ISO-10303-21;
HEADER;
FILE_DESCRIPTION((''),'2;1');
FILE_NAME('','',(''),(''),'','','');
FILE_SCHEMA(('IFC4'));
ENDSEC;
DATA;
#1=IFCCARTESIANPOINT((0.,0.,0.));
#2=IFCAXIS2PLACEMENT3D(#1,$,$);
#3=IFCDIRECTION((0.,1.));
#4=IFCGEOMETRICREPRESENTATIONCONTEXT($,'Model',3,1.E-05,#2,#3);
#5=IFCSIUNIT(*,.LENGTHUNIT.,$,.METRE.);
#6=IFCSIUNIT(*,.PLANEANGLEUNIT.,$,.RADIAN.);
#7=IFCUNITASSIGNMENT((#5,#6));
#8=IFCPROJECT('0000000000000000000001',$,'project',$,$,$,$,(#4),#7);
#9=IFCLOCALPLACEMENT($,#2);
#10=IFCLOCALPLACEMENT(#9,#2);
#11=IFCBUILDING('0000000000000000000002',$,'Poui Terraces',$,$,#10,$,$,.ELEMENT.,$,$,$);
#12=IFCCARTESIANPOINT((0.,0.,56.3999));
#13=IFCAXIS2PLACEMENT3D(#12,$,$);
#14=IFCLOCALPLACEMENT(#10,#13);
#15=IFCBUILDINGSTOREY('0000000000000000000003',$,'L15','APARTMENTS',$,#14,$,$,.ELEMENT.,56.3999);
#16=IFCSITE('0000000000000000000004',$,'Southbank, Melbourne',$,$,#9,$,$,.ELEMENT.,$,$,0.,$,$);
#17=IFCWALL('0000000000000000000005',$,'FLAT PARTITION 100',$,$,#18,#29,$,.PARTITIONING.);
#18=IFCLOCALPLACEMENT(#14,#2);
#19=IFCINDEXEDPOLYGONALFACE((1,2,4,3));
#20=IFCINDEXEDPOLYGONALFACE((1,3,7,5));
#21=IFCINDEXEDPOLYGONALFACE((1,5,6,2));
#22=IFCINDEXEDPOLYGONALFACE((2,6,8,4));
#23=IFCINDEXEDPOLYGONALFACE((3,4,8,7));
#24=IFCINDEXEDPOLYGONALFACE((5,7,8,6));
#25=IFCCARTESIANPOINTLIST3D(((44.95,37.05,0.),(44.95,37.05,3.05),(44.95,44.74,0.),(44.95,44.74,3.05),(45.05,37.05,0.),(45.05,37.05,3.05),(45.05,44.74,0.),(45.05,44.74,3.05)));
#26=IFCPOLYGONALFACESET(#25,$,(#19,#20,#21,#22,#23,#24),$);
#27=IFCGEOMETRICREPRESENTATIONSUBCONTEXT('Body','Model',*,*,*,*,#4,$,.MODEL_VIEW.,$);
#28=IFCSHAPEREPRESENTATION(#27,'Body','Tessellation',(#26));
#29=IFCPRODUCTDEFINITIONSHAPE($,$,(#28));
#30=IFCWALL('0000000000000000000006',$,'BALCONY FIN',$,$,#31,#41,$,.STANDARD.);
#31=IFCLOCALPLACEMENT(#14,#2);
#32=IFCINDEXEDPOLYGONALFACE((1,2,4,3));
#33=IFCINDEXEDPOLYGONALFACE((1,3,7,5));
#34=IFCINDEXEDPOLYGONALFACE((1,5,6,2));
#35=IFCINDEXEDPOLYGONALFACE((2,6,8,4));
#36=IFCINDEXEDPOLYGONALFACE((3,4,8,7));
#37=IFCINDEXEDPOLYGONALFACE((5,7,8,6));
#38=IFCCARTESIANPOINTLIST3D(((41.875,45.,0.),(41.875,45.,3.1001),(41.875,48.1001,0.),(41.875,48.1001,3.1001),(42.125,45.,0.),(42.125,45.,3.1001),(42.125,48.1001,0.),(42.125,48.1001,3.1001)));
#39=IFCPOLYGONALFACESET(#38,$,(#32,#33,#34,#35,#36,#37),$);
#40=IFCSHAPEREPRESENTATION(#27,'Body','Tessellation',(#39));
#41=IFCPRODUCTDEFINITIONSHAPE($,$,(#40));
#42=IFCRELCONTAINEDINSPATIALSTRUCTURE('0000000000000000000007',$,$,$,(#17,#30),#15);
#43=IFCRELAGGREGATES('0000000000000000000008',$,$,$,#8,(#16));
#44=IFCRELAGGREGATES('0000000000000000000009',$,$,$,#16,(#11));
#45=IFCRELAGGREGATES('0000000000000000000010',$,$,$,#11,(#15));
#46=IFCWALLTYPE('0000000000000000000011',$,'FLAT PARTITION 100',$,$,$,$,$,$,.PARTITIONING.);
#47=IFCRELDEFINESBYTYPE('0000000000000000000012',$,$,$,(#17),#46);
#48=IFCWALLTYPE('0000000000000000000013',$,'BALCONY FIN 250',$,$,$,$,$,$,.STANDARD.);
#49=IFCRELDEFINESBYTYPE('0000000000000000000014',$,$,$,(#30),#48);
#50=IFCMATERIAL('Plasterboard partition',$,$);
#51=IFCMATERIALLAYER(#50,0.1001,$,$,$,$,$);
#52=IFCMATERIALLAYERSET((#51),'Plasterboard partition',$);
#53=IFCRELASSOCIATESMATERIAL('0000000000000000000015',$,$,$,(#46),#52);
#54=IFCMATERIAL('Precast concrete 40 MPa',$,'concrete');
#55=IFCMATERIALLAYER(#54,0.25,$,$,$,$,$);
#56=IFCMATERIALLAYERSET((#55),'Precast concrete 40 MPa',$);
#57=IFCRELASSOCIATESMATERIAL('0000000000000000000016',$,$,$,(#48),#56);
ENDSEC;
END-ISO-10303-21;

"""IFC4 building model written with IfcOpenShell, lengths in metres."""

from ifc_helpers import new_model, si_unit, direction, frame, frame_2d, origin, place, context, subcontext, project, spatial, polyline, rectangle, outline, extrude, source, transform, mapped, material, layer, layer_set, type_object, element, save


model = new_model("IFC4")

# Units and contexts
model_context = context("Model", 3, precision=1e-05, world=origin(), true_north=direction((0.0, 1.0)))
body_context = subcontext(model_context, "Body", "Model", "MODEL_VIEW")
ifc_project = project(units=[si_unit("LENGTHUNIT", "METRE"), si_unit("PLANEANGLEUNIT", "RADIAN")], contexts=[model_context])

# Site, building, storey
site_placement = place(None, origin())
site = spatial("IfcSite", under=ifc_project, at=site_placement, Name="Southbank, Melbourne", CompositionType="ELEMENT", RefElevation=0.0)
building_placement = place(site_placement, origin())
building = spatial("IfcBuilding", under=site, at=building_placement, Name="Poui Terraces", CompositionType="ELEMENT")
storey_placement = place(building_placement, frame((0.0, 0.0, 56.3999)))
storey = spatial("IfcBuildingStorey", under=building, at=storey_placement, Name="L15", Description="APARTMENTS", CompositionType="ELEMENT", Elevation=56.3999)

# Shared definitions
ifc_material_1 = material(Name="Plasterboard partition")
ifc_layer_1 = layer(ifc_material_1, 0.1001)
ifc_layer_set_1 = layer_set([ifc_layer_1], Name="Plasterboard partition")
wall_type_1 = type_object("IfcWallType", Name="FLAT PARTITION 100", PredefinedType="PARTITIONING", material=ifc_layer_set_1)

# Walls
wall_1_placement = place(storey_placement, frame((45.0, 37.05, 0.0), z_axis=(0.0, 0.0, 1.0), x_axis=(0.0, 1.0, 0.0)))
element("IfcWall", 1, at=wall_1_placement, inside=storey, type_object=wall_type_1, Name="FLAT PARTITION 100", PredefinedType="PARTITIONING", context=body_context, shape_type="SweptSolid", body=[
    extrude(rectangle(XDim=7.6899, YDim=0.1001, at=frame_2d((3.845, 0.0))), origin(), (0.0, 0.0, 1.0), 3.05),
])
ifc_material_2 = material(Name="Precast concrete 40 MPa", Category="concrete")
ifc_layer_2 = layer(ifc_material_2, 0.25)
ifc_layer_set_2 = layer_set([ifc_layer_2], Name="Precast concrete 40 MPa")
wall_type_2 = type_object("IfcWallType", Name="BALCONY FIN 250", PredefinedType="STANDARD", material=ifc_layer_set_2)
shared_shape_1 = source(origin(), body_context, "Body", "SweptSolid", [
    extrude(outline(polyline([(0.0, 0.0), (0.25, 0.0), (0.25, 3.1001), (0.0, 3.1001), (0.0, 0.0)])), origin(), (0.0, 0.0, 1.0), 3.1001),
])
wall_2_placement = place(storey_placement, frame((41.875, 45.0, 0.0)))
element("IfcWall", 2, at=wall_2_placement, inside=storey, type_object=wall_type_2, Name="BALCONY FIN", PredefinedType="STANDARD", context=body_context, shape_type="MappedRepresentation", body=[
    mapped(shared_shape_1, transform((0.0, 0.0, 0.0))),
])

save(model, "model.ifc")
